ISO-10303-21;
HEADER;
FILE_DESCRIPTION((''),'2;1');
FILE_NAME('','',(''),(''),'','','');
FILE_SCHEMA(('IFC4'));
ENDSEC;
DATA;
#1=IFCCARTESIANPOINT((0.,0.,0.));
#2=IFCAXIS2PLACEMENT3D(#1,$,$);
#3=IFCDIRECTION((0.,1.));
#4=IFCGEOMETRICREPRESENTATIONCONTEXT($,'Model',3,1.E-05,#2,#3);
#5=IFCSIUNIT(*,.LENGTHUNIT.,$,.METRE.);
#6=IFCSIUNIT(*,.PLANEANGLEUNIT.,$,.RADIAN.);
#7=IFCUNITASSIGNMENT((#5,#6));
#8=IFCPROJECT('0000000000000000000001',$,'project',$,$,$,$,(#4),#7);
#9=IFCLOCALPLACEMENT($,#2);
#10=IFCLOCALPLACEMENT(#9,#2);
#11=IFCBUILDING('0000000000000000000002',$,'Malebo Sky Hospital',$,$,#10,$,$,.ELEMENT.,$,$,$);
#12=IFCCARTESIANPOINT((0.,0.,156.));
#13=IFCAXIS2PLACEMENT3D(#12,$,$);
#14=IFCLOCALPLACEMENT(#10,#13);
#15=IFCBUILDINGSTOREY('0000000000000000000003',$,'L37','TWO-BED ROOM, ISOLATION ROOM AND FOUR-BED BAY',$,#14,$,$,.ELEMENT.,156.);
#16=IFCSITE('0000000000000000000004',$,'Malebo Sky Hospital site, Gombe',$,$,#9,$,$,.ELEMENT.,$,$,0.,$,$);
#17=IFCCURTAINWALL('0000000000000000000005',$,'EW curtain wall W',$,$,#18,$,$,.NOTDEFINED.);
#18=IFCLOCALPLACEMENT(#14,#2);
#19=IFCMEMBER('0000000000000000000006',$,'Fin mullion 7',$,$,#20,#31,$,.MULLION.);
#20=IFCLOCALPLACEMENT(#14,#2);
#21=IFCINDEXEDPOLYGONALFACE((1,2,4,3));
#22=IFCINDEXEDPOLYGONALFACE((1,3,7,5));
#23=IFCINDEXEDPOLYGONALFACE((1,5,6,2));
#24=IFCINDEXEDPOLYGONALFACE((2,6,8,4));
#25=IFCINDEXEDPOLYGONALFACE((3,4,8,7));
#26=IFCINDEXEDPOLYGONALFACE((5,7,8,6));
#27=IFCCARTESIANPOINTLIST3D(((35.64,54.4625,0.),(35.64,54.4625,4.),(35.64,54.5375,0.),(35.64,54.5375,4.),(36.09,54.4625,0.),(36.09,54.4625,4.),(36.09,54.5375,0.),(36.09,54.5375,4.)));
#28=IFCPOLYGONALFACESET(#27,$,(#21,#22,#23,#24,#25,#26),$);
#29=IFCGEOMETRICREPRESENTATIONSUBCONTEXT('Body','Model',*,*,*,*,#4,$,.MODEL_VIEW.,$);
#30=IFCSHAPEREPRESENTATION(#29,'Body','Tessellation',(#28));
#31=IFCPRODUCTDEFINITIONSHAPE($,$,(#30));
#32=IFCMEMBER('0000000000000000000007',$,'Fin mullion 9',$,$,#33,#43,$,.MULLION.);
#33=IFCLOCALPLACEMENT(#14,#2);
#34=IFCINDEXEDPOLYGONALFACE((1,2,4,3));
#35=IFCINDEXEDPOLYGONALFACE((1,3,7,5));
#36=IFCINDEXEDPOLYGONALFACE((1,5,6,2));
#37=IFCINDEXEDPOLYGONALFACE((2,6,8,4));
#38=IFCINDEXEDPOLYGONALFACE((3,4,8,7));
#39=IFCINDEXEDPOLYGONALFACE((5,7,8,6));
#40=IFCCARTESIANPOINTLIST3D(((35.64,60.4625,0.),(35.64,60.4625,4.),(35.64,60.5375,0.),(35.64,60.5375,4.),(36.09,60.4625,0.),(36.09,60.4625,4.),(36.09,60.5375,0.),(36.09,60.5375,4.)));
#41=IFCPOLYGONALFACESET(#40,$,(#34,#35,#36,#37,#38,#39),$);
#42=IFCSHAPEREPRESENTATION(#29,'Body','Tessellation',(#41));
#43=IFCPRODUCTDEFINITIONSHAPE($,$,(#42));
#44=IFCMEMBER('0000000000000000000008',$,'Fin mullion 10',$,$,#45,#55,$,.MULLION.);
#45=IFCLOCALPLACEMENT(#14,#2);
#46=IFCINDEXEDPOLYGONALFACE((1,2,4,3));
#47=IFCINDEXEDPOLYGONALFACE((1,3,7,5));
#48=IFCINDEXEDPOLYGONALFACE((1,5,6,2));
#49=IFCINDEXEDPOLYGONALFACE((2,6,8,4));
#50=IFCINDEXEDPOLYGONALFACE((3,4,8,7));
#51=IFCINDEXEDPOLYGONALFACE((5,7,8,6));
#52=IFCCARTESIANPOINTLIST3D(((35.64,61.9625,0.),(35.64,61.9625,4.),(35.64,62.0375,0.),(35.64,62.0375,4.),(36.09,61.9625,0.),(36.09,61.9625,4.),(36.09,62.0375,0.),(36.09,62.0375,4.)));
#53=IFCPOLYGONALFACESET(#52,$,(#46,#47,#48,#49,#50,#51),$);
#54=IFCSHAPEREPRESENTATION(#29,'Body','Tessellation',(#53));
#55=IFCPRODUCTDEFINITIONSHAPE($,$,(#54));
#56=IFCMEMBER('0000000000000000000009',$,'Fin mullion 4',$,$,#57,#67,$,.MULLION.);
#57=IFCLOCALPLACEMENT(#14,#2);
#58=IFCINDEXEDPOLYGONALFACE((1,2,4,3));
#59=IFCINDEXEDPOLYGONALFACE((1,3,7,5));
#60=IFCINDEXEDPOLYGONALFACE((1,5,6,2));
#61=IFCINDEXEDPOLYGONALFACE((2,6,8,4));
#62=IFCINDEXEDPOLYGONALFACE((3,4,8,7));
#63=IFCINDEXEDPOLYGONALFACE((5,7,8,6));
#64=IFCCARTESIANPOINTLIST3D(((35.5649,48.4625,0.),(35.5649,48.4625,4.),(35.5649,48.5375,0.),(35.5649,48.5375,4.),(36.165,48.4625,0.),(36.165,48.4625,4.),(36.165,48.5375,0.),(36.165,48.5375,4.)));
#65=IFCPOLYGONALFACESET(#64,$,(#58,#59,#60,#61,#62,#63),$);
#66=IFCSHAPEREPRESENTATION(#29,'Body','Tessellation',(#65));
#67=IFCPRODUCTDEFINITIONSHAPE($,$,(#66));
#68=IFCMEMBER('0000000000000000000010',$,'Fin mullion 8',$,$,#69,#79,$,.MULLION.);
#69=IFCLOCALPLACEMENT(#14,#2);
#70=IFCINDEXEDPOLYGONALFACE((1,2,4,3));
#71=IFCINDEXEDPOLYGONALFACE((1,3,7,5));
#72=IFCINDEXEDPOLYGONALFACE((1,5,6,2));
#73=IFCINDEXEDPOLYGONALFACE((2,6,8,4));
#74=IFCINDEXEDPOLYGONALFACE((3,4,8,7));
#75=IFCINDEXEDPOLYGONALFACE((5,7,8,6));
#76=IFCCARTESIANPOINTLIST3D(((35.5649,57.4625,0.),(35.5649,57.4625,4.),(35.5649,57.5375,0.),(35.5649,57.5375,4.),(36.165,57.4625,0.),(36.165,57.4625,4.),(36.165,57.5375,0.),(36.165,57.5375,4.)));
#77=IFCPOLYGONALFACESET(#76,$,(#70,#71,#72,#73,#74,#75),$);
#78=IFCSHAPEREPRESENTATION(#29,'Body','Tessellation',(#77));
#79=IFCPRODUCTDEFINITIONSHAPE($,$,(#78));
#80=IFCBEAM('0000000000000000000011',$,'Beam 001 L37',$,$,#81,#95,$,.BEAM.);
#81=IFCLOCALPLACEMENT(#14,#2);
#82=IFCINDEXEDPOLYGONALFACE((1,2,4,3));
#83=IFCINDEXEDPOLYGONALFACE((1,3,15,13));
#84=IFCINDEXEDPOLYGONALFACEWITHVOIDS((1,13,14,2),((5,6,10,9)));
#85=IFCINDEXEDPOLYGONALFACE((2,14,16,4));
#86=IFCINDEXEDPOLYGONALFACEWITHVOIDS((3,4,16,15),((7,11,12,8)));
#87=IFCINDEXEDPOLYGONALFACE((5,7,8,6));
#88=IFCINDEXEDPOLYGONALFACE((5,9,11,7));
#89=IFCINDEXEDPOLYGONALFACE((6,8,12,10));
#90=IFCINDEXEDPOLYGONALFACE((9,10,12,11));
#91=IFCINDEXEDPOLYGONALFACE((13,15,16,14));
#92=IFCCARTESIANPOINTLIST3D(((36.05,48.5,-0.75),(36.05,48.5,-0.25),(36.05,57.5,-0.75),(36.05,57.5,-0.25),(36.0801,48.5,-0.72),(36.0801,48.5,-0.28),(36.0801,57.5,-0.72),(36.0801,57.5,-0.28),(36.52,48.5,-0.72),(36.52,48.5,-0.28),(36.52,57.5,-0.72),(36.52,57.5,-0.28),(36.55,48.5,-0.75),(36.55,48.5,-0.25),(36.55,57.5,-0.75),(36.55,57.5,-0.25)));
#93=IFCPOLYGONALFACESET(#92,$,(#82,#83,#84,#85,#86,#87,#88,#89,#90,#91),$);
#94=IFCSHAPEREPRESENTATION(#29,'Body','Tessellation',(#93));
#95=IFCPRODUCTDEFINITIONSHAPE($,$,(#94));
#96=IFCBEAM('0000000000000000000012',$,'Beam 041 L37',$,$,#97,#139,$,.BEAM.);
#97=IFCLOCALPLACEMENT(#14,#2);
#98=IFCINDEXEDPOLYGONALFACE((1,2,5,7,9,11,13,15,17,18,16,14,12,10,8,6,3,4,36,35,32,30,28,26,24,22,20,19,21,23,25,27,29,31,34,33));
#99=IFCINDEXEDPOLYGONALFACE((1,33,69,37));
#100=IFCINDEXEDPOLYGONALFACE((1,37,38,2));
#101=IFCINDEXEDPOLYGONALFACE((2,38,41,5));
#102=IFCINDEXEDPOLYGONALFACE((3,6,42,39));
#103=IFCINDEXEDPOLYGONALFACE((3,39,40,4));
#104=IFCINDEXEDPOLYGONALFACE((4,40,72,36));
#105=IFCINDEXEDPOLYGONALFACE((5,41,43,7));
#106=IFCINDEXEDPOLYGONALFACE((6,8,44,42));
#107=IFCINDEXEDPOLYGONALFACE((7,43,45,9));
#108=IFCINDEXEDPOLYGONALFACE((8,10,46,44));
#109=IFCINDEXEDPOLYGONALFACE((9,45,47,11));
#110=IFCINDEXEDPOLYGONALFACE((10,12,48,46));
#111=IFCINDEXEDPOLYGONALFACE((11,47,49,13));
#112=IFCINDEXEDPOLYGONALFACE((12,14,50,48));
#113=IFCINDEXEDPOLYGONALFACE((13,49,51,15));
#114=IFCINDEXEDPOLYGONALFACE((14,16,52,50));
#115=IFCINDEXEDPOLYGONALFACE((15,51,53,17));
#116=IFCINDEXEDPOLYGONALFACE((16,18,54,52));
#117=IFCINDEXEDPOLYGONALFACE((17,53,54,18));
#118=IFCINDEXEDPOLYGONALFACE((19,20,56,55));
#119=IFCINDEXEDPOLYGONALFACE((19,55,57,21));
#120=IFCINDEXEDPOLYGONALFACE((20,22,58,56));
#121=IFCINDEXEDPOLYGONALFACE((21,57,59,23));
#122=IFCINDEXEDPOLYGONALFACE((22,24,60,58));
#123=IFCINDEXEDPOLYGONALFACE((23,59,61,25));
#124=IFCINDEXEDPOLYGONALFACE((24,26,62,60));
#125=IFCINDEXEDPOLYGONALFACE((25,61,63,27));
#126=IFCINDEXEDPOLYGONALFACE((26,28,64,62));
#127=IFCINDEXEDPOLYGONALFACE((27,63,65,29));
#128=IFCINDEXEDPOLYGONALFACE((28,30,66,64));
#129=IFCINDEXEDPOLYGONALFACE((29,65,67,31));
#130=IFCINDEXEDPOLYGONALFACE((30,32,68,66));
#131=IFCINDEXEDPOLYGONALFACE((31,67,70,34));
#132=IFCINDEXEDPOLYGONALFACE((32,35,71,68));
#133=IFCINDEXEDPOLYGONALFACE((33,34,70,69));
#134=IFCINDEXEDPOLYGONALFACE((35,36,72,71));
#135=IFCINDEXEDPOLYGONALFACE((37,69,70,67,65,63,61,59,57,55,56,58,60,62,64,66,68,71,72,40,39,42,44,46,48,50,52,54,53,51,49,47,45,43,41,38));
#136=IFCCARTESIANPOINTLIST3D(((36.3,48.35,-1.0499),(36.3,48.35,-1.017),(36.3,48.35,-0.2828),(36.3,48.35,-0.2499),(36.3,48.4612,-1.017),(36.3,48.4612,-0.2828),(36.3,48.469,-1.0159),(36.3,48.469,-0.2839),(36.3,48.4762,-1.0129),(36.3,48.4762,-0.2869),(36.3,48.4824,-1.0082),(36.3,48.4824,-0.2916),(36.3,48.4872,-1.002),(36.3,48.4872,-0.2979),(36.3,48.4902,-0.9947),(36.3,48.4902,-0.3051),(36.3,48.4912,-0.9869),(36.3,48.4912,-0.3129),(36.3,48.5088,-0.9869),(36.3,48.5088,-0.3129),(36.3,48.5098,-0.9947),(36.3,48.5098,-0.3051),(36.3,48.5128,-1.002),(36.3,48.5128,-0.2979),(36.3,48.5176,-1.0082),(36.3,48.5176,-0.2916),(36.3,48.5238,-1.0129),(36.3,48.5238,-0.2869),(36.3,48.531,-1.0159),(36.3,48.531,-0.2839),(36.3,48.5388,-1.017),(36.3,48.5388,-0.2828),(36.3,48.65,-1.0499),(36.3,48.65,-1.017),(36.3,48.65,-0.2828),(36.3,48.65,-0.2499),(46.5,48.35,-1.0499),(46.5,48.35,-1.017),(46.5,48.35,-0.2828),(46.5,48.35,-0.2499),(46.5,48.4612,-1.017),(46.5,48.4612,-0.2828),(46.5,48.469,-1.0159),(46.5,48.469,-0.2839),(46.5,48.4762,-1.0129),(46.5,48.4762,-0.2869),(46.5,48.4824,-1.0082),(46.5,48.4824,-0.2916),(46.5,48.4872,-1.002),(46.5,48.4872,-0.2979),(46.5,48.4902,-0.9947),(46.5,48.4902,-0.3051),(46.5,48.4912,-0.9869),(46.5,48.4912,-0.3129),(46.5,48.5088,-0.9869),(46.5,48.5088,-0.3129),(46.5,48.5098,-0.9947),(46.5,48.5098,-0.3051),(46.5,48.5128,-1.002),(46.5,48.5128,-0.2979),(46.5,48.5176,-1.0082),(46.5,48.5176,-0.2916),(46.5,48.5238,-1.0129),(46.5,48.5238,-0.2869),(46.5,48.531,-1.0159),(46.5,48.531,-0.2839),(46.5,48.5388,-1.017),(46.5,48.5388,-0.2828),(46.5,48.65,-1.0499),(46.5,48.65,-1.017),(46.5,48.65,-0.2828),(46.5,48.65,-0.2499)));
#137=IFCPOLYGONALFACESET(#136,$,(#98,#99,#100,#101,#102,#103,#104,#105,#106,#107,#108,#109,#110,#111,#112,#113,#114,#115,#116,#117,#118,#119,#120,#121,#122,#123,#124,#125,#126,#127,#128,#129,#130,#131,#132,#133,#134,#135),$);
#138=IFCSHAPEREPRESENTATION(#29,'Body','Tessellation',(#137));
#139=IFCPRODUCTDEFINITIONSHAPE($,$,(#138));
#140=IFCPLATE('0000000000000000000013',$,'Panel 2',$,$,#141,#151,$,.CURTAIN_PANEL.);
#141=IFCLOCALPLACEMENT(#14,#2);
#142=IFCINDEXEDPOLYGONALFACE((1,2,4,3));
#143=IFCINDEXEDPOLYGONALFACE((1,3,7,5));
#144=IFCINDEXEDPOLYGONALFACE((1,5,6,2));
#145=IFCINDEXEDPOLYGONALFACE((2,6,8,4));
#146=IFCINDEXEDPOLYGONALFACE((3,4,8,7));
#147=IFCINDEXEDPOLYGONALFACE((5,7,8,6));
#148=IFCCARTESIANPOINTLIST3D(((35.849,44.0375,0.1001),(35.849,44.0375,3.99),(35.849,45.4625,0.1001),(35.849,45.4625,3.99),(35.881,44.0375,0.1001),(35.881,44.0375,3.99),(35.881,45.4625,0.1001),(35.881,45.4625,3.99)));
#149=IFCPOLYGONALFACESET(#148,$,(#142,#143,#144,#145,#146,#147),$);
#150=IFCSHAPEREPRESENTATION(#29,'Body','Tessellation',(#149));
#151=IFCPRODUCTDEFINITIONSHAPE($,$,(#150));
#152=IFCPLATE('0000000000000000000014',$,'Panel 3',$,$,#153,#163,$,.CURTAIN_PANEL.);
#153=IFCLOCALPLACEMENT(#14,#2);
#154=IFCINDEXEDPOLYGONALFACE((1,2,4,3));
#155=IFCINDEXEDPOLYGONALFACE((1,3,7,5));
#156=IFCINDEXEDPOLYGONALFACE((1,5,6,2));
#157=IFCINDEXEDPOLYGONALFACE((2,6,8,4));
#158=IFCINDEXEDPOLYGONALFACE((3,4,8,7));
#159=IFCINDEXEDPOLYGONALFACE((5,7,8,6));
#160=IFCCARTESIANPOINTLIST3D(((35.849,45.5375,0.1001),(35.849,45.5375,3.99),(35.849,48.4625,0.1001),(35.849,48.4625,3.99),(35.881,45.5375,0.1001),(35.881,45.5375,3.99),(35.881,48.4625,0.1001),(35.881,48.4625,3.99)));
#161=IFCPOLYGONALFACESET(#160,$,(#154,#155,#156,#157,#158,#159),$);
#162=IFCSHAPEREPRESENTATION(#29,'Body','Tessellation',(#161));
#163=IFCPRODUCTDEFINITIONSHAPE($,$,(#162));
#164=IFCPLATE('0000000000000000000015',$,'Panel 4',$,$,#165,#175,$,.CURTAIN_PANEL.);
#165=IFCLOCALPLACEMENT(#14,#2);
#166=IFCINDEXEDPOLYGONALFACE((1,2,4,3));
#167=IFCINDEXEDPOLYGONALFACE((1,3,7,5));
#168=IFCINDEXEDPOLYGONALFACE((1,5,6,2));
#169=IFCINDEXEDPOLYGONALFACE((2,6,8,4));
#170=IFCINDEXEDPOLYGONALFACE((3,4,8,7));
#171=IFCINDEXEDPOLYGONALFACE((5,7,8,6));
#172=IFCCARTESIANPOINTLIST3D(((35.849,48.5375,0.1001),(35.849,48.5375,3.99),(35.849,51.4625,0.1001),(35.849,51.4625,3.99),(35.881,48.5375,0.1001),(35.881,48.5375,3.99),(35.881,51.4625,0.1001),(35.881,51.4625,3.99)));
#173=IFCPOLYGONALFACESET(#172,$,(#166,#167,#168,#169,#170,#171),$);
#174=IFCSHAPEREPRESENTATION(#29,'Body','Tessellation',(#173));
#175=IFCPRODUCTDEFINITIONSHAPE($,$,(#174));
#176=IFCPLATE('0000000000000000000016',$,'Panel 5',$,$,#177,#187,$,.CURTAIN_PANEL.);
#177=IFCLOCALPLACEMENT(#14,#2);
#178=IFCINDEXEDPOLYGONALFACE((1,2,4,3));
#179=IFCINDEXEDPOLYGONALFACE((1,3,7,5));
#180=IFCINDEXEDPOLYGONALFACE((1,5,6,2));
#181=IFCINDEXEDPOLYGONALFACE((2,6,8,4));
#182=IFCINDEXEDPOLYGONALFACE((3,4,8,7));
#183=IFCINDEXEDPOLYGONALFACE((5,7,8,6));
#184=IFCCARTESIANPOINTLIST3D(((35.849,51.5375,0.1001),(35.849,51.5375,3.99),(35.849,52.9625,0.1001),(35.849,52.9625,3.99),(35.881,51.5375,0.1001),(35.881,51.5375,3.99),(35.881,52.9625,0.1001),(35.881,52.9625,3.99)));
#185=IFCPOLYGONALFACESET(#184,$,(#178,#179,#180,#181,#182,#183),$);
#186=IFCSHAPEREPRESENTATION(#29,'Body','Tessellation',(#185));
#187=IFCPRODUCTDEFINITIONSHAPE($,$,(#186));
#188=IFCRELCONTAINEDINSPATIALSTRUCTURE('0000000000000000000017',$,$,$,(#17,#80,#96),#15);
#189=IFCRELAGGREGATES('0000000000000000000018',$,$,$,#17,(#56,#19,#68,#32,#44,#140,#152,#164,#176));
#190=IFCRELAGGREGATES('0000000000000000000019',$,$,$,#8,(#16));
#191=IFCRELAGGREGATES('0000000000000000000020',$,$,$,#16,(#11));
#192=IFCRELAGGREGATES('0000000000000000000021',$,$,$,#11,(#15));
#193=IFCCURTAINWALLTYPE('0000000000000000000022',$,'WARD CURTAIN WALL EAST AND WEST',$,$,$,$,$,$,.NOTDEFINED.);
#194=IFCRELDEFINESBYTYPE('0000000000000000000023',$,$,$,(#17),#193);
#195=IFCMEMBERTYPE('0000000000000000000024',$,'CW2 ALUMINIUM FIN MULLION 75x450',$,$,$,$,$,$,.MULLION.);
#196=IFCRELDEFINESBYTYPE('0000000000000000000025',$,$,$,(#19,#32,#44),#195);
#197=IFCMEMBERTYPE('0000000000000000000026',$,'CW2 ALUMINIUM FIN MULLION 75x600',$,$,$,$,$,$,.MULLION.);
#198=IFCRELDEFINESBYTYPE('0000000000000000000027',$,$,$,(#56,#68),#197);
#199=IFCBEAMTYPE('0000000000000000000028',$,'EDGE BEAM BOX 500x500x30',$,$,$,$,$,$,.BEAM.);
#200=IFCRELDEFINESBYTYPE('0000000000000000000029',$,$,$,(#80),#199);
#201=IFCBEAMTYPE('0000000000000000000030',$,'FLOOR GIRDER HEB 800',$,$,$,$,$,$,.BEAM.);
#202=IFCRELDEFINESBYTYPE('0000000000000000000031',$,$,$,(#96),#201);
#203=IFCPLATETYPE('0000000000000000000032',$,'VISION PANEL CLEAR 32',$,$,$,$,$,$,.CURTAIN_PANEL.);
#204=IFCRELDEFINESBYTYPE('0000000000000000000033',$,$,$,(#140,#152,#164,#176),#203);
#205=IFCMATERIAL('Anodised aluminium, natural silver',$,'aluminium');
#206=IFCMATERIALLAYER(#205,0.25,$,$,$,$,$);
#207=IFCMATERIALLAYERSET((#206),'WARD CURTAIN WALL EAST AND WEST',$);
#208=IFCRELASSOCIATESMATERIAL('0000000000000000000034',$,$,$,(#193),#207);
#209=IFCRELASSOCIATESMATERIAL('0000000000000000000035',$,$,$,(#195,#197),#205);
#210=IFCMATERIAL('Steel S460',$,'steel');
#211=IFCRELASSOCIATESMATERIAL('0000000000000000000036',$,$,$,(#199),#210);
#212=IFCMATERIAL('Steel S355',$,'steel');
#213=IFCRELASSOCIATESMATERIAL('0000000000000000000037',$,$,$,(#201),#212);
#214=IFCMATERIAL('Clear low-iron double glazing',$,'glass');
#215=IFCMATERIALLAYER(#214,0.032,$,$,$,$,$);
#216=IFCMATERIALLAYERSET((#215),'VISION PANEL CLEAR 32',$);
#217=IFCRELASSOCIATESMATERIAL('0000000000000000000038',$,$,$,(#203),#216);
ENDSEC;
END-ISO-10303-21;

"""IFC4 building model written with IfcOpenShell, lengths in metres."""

from ifc_helpers import new_model, si_unit, direction, frame, origin, origin_2d, place, context, subcontext, project, spatial, rectangle, hollow_rectangle, i_section, extrude, material, layer, layer_set, material_profile, profile_set, type_object, element, aggregate, save


model = new_model("IFC4")

# Units and contexts
model_context = context("Model", 3, precision=1e-05, world=origin(), true_north=direction((0.0, 1.0)))
body_context = subcontext(model_context, "Body", "Model", "MODEL_VIEW")
ifc_project = project(units=[si_unit("LENGTHUNIT", "METRE"), si_unit("PLANEANGLEUNIT", "RADIAN")], contexts=[model_context])

# Site, building, storey
site_placement = place(None, origin())
site = spatial("IfcSite", under=ifc_project, at=site_placement, Name="Malebo Sky Hospital site, Gombe", CompositionType="ELEMENT", RefElevation=0.0)
building_placement = place(site_placement, origin())
building = spatial("IfcBuilding", under=site, at=building_placement, Name="Malebo Sky Hospital", CompositionType="ELEMENT")
storey_placement = place(building_placement, frame((0.0, 0.0, 156.0)))
storey = spatial("IfcBuildingStorey", under=building, at=storey_placement, Name="L37", Description="TWO-BED ROOM, ISOLATION ROOM AND FOUR-BED BAY", CompositionType="ELEMENT", Elevation=156.0)

# Shared definitions
ifc_material_1 = material(Name="Steel S460", Category="steel")

# Curtain wall
ifc_material_2 = material(Name="Anodised aluminium, natural silver", Category="aluminium")
ifc_layer_1 = layer(ifc_material_2, 0.25)
ifc_layer_set_1 = layer_set([ifc_layer_1], Name="WARD CURTAIN WALL EAST AND WEST")
curtain_wall_type = type_object("IfcCurtainWallType", Name="WARD CURTAIN WALL EAST AND WEST", PredefinedType="NOTDEFINED", material=ifc_layer_set_1)
curtain_wall_placement = place(storey_placement, origin())
curtain_wall = element("IfcCurtainWall", 1, at=curtain_wall_placement, inside=storey, type_object=curtain_wall_type, Name="EW curtain wall W", PredefinedType="NOTDEFINED")

# Members
ifc_material_3 = material(Name="Steel S355", Category="steel")
ifc_material_profile_1 = material_profile(ifc_material_2, rectangle(XDim=0.075, YDim=0.45, at=origin_2d()), Name="CW2 ALUMINIUM FIN MULLION 75x450")
ifc_profile_set_1 = profile_set([ifc_material_profile_1], Name="Anodised aluminium, natural silver")
member_type_1 = type_object("IfcMemberType", Name="CW2 ALUMINIUM FIN MULLION 75x450", PredefinedType="MULLION", material=ifc_profile_set_1)
member_1_placement = place(storey_placement, frame((35.865, 54.5, 0.0), z_axis=(0.0, 0.0, 1.0), x_axis=(0.0, 1.0, 0.0)))
member_1 = element("IfcMember", 2, at=member_1_placement, type_object=member_type_1, Name="Fin mullion 7", PredefinedType="MULLION", context=body_context, shape_type="SweptSolid", body=[
    extrude(rectangle(XDim=0.075, YDim=0.45, at=origin_2d()), origin(), (0.0, 0.0, 1.0), 4.0),
])
member_2_placement = place(storey_placement, frame((35.865, 60.5, 0.0), z_axis=(0.0, 0.0, 1.0), x_axis=(0.0, 1.0, 0.0)))
member_2 = element("IfcMember", 3, at=member_2_placement, type_object=member_type_1, Name="Fin mullion 9", PredefinedType="MULLION", context=body_context, shape_type="SweptSolid", body=[
    extrude(rectangle(XDim=0.075, YDim=0.45, at=origin_2d()), origin(), (0.0, 0.0, 1.0), 4.0),
])
member_3_placement = place(storey_placement, frame((35.865, 62.0, 0.0), z_axis=(0.0, 0.0, 1.0), x_axis=(0.0, 1.0, 0.0)))
member_3 = element("IfcMember", 4, at=member_3_placement, type_object=member_type_1, Name="Fin mullion 10", PredefinedType="MULLION", context=body_context, shape_type="SweptSolid", body=[
    extrude(rectangle(XDim=0.075, YDim=0.45, at=origin_2d()), origin(), (0.0, 0.0, 1.0), 4.0),
])
ifc_material_profile_2 = material_profile(ifc_material_2, rectangle(XDim=0.075, YDim=0.6001, at=origin_2d()), Name="CW2 ALUMINIUM FIN MULLION 75x600")
ifc_profile_set_2 = profile_set([ifc_material_profile_2], Name="Anodised aluminium, natural silver")
member_type_2 = type_object("IfcMemberType", Name="CW2 ALUMINIUM FIN MULLION 75x600", PredefinedType="MULLION", material=ifc_profile_set_2)
member_4_placement = place(storey_placement, frame((35.865, 48.5, 0.0), z_axis=(0.0, 0.0, 1.0), x_axis=(0.0, 1.0, 0.0)))
member_4 = element("IfcMember", 5, at=member_4_placement, type_object=member_type_2, Name="Fin mullion 4", PredefinedType="MULLION", context=body_context, shape_type="SweptSolid", body=[
    extrude(rectangle(XDim=0.075, YDim=0.6001, at=origin_2d()), origin(), (0.0, 0.0, 1.0), 4.0),
])
member_5_placement = place(storey_placement, frame((35.865, 57.5, 0.0), z_axis=(0.0, 0.0, 1.0), x_axis=(0.0, 1.0, 0.0)))
member_5 = element("IfcMember", 6, at=member_5_placement, type_object=member_type_2, Name="Fin mullion 8", PredefinedType="MULLION", context=body_context, shape_type="SweptSolid", body=[
    extrude(rectangle(XDim=0.075, YDim=0.6001, at=origin_2d()), origin(), (0.0, 0.0, 1.0), 4.0),
])

# Beams
ifc_material_profile_3 = material_profile(ifc_material_1, hollow_rectangle(XDim=0.5, YDim=0.5, WallThickness=0.03, at=origin_2d()), Name="BOX 500x500x30")
ifc_profile_set_3 = profile_set([ifc_material_profile_3], Name="Steel S460")
beam_type_1 = type_object("IfcBeamType", Name="EDGE BEAM BOX 500x500x30", PredefinedType="BEAM", material=ifc_profile_set_3)
beam_1_placement = place(storey_placement, frame((36.3, 48.5, -0.5), z_axis=(0.0, 1.0, 0.0), x_axis=(-1.0, 0.0, 0.0)))
element("IfcBeam", 7, at=beam_1_placement, inside=storey, type_object=beam_type_1, Name="Beam 001 L37", PredefinedType="BEAM", context=body_context, shape_type="SweptSolid", body=[
    extrude(hollow_rectangle(XDim=0.5, YDim=0.5, WallThickness=0.03, at=origin_2d()), origin(), (0.0, 0.0, 1.0), 9.0),
])
ifc_material_profile_4 = material_profile(ifc_material_3, i_section(OverallWidth=0.3, OverallDepth=0.8, WebThickness=0.0176, FlangeThickness=0.033, FilletRadius=0.03, at=origin_2d()), Name="HEB 800")
ifc_profile_set_4 = profile_set([ifc_material_profile_4], Name="Steel S355")
beam_type_2 = type_object("IfcBeamType", Name="FLOOR GIRDER HEB 800", PredefinedType="BEAM", material=ifc_profile_set_4)
beam_2_placement = place(storey_placement, frame((36.3, 48.5, -0.6499), z_axis=(1.0, 0.0, 0.0), x_axis=(0.0, 1.0, 0.0)))
element("IfcBeam", 8, at=beam_2_placement, inside=storey, type_object=beam_type_2, Name="Beam 041 L37", PredefinedType="BEAM", context=body_context, shape_type="SweptSolid", body=[
    extrude(i_section(OverallWidth=0.3, OverallDepth=0.8, WebThickness=0.0176, FlangeThickness=0.033, FilletRadius=0.03, at=origin_2d()), origin(), (0.0, 0.0, 1.0), 10.2),
])

# Plates
ifc_material_4 = material(Name="Clear low-iron double glazing", Category="glass")
ifc_layer_2 = layer(ifc_material_4, 0.032)
ifc_layer_set_2 = layer_set([ifc_layer_2], Name="VISION PANEL CLEAR 32")
plate_type = type_object("IfcPlateType", Name="VISION PANEL CLEAR 32", PredefinedType="CURTAIN_PANEL", material=ifc_layer_set_2)
plate_1_placement = place(storey_placement, frame((35.865, 44.75, 0.1001), z_axis=(0.0, 0.0, 1.0), x_axis=(0.0, 1.0, 0.0)))
plate_1 = element("IfcPlate", 9, at=plate_1_placement, type_object=plate_type, Name="Panel 2", PredefinedType="CURTAIN_PANEL", context=body_context, shape_type="SweptSolid", body=[
    extrude(rectangle(XDim=1.425, YDim=0.032, at=origin_2d()), origin(), (0.0, 0.0, 1.0), 3.8899),
])
plate_2_placement = place(storey_placement, frame((35.865, 47.0, 0.1001), z_axis=(0.0, 0.0, 1.0), x_axis=(0.0, 1.0, 0.0)))
plate_2 = element("IfcPlate", 10, at=plate_2_placement, type_object=plate_type, Name="Panel 3", PredefinedType="CURTAIN_PANEL", context=body_context, shape_type="SweptSolid", body=[
    extrude(rectangle(XDim=2.925, YDim=0.032, at=origin_2d()), origin(), (0.0, 0.0, 1.0), 3.8899),
])
plate_3_placement = place(storey_placement, frame((35.865, 50.0, 0.1001), z_axis=(0.0, 0.0, 1.0), x_axis=(0.0, 1.0, 0.0)))
plate_3 = element("IfcPlate", 11, at=plate_3_placement, type_object=plate_type, Name="Panel 4", PredefinedType="CURTAIN_PANEL", context=body_context, shape_type="SweptSolid", body=[
    extrude(rectangle(XDim=2.925, YDim=0.032, at=origin_2d()), origin(), (0.0, 0.0, 1.0), 3.8899),
])
plate_4_placement = place(storey_placement, frame((35.865, 52.25, 0.1001), z_axis=(0.0, 0.0, 1.0), x_axis=(0.0, 1.0, 0.0)))
plate_4 = element("IfcPlate", 12, at=plate_4_placement, type_object=plate_type, Name="Panel 5", PredefinedType="CURTAIN_PANEL", context=body_context, shape_type="SweptSolid", body=[
    extrude(rectangle(XDim=1.425, YDim=0.032, at=origin_2d()), origin(), (0.0, 0.0, 1.0), 3.8899),
])
aggregate(curtain_wall, [member_4, member_1, member_5, member_2, member_3, plate_1, plate_2, plate_3, plate_4])

save(model, "model.ifc")
